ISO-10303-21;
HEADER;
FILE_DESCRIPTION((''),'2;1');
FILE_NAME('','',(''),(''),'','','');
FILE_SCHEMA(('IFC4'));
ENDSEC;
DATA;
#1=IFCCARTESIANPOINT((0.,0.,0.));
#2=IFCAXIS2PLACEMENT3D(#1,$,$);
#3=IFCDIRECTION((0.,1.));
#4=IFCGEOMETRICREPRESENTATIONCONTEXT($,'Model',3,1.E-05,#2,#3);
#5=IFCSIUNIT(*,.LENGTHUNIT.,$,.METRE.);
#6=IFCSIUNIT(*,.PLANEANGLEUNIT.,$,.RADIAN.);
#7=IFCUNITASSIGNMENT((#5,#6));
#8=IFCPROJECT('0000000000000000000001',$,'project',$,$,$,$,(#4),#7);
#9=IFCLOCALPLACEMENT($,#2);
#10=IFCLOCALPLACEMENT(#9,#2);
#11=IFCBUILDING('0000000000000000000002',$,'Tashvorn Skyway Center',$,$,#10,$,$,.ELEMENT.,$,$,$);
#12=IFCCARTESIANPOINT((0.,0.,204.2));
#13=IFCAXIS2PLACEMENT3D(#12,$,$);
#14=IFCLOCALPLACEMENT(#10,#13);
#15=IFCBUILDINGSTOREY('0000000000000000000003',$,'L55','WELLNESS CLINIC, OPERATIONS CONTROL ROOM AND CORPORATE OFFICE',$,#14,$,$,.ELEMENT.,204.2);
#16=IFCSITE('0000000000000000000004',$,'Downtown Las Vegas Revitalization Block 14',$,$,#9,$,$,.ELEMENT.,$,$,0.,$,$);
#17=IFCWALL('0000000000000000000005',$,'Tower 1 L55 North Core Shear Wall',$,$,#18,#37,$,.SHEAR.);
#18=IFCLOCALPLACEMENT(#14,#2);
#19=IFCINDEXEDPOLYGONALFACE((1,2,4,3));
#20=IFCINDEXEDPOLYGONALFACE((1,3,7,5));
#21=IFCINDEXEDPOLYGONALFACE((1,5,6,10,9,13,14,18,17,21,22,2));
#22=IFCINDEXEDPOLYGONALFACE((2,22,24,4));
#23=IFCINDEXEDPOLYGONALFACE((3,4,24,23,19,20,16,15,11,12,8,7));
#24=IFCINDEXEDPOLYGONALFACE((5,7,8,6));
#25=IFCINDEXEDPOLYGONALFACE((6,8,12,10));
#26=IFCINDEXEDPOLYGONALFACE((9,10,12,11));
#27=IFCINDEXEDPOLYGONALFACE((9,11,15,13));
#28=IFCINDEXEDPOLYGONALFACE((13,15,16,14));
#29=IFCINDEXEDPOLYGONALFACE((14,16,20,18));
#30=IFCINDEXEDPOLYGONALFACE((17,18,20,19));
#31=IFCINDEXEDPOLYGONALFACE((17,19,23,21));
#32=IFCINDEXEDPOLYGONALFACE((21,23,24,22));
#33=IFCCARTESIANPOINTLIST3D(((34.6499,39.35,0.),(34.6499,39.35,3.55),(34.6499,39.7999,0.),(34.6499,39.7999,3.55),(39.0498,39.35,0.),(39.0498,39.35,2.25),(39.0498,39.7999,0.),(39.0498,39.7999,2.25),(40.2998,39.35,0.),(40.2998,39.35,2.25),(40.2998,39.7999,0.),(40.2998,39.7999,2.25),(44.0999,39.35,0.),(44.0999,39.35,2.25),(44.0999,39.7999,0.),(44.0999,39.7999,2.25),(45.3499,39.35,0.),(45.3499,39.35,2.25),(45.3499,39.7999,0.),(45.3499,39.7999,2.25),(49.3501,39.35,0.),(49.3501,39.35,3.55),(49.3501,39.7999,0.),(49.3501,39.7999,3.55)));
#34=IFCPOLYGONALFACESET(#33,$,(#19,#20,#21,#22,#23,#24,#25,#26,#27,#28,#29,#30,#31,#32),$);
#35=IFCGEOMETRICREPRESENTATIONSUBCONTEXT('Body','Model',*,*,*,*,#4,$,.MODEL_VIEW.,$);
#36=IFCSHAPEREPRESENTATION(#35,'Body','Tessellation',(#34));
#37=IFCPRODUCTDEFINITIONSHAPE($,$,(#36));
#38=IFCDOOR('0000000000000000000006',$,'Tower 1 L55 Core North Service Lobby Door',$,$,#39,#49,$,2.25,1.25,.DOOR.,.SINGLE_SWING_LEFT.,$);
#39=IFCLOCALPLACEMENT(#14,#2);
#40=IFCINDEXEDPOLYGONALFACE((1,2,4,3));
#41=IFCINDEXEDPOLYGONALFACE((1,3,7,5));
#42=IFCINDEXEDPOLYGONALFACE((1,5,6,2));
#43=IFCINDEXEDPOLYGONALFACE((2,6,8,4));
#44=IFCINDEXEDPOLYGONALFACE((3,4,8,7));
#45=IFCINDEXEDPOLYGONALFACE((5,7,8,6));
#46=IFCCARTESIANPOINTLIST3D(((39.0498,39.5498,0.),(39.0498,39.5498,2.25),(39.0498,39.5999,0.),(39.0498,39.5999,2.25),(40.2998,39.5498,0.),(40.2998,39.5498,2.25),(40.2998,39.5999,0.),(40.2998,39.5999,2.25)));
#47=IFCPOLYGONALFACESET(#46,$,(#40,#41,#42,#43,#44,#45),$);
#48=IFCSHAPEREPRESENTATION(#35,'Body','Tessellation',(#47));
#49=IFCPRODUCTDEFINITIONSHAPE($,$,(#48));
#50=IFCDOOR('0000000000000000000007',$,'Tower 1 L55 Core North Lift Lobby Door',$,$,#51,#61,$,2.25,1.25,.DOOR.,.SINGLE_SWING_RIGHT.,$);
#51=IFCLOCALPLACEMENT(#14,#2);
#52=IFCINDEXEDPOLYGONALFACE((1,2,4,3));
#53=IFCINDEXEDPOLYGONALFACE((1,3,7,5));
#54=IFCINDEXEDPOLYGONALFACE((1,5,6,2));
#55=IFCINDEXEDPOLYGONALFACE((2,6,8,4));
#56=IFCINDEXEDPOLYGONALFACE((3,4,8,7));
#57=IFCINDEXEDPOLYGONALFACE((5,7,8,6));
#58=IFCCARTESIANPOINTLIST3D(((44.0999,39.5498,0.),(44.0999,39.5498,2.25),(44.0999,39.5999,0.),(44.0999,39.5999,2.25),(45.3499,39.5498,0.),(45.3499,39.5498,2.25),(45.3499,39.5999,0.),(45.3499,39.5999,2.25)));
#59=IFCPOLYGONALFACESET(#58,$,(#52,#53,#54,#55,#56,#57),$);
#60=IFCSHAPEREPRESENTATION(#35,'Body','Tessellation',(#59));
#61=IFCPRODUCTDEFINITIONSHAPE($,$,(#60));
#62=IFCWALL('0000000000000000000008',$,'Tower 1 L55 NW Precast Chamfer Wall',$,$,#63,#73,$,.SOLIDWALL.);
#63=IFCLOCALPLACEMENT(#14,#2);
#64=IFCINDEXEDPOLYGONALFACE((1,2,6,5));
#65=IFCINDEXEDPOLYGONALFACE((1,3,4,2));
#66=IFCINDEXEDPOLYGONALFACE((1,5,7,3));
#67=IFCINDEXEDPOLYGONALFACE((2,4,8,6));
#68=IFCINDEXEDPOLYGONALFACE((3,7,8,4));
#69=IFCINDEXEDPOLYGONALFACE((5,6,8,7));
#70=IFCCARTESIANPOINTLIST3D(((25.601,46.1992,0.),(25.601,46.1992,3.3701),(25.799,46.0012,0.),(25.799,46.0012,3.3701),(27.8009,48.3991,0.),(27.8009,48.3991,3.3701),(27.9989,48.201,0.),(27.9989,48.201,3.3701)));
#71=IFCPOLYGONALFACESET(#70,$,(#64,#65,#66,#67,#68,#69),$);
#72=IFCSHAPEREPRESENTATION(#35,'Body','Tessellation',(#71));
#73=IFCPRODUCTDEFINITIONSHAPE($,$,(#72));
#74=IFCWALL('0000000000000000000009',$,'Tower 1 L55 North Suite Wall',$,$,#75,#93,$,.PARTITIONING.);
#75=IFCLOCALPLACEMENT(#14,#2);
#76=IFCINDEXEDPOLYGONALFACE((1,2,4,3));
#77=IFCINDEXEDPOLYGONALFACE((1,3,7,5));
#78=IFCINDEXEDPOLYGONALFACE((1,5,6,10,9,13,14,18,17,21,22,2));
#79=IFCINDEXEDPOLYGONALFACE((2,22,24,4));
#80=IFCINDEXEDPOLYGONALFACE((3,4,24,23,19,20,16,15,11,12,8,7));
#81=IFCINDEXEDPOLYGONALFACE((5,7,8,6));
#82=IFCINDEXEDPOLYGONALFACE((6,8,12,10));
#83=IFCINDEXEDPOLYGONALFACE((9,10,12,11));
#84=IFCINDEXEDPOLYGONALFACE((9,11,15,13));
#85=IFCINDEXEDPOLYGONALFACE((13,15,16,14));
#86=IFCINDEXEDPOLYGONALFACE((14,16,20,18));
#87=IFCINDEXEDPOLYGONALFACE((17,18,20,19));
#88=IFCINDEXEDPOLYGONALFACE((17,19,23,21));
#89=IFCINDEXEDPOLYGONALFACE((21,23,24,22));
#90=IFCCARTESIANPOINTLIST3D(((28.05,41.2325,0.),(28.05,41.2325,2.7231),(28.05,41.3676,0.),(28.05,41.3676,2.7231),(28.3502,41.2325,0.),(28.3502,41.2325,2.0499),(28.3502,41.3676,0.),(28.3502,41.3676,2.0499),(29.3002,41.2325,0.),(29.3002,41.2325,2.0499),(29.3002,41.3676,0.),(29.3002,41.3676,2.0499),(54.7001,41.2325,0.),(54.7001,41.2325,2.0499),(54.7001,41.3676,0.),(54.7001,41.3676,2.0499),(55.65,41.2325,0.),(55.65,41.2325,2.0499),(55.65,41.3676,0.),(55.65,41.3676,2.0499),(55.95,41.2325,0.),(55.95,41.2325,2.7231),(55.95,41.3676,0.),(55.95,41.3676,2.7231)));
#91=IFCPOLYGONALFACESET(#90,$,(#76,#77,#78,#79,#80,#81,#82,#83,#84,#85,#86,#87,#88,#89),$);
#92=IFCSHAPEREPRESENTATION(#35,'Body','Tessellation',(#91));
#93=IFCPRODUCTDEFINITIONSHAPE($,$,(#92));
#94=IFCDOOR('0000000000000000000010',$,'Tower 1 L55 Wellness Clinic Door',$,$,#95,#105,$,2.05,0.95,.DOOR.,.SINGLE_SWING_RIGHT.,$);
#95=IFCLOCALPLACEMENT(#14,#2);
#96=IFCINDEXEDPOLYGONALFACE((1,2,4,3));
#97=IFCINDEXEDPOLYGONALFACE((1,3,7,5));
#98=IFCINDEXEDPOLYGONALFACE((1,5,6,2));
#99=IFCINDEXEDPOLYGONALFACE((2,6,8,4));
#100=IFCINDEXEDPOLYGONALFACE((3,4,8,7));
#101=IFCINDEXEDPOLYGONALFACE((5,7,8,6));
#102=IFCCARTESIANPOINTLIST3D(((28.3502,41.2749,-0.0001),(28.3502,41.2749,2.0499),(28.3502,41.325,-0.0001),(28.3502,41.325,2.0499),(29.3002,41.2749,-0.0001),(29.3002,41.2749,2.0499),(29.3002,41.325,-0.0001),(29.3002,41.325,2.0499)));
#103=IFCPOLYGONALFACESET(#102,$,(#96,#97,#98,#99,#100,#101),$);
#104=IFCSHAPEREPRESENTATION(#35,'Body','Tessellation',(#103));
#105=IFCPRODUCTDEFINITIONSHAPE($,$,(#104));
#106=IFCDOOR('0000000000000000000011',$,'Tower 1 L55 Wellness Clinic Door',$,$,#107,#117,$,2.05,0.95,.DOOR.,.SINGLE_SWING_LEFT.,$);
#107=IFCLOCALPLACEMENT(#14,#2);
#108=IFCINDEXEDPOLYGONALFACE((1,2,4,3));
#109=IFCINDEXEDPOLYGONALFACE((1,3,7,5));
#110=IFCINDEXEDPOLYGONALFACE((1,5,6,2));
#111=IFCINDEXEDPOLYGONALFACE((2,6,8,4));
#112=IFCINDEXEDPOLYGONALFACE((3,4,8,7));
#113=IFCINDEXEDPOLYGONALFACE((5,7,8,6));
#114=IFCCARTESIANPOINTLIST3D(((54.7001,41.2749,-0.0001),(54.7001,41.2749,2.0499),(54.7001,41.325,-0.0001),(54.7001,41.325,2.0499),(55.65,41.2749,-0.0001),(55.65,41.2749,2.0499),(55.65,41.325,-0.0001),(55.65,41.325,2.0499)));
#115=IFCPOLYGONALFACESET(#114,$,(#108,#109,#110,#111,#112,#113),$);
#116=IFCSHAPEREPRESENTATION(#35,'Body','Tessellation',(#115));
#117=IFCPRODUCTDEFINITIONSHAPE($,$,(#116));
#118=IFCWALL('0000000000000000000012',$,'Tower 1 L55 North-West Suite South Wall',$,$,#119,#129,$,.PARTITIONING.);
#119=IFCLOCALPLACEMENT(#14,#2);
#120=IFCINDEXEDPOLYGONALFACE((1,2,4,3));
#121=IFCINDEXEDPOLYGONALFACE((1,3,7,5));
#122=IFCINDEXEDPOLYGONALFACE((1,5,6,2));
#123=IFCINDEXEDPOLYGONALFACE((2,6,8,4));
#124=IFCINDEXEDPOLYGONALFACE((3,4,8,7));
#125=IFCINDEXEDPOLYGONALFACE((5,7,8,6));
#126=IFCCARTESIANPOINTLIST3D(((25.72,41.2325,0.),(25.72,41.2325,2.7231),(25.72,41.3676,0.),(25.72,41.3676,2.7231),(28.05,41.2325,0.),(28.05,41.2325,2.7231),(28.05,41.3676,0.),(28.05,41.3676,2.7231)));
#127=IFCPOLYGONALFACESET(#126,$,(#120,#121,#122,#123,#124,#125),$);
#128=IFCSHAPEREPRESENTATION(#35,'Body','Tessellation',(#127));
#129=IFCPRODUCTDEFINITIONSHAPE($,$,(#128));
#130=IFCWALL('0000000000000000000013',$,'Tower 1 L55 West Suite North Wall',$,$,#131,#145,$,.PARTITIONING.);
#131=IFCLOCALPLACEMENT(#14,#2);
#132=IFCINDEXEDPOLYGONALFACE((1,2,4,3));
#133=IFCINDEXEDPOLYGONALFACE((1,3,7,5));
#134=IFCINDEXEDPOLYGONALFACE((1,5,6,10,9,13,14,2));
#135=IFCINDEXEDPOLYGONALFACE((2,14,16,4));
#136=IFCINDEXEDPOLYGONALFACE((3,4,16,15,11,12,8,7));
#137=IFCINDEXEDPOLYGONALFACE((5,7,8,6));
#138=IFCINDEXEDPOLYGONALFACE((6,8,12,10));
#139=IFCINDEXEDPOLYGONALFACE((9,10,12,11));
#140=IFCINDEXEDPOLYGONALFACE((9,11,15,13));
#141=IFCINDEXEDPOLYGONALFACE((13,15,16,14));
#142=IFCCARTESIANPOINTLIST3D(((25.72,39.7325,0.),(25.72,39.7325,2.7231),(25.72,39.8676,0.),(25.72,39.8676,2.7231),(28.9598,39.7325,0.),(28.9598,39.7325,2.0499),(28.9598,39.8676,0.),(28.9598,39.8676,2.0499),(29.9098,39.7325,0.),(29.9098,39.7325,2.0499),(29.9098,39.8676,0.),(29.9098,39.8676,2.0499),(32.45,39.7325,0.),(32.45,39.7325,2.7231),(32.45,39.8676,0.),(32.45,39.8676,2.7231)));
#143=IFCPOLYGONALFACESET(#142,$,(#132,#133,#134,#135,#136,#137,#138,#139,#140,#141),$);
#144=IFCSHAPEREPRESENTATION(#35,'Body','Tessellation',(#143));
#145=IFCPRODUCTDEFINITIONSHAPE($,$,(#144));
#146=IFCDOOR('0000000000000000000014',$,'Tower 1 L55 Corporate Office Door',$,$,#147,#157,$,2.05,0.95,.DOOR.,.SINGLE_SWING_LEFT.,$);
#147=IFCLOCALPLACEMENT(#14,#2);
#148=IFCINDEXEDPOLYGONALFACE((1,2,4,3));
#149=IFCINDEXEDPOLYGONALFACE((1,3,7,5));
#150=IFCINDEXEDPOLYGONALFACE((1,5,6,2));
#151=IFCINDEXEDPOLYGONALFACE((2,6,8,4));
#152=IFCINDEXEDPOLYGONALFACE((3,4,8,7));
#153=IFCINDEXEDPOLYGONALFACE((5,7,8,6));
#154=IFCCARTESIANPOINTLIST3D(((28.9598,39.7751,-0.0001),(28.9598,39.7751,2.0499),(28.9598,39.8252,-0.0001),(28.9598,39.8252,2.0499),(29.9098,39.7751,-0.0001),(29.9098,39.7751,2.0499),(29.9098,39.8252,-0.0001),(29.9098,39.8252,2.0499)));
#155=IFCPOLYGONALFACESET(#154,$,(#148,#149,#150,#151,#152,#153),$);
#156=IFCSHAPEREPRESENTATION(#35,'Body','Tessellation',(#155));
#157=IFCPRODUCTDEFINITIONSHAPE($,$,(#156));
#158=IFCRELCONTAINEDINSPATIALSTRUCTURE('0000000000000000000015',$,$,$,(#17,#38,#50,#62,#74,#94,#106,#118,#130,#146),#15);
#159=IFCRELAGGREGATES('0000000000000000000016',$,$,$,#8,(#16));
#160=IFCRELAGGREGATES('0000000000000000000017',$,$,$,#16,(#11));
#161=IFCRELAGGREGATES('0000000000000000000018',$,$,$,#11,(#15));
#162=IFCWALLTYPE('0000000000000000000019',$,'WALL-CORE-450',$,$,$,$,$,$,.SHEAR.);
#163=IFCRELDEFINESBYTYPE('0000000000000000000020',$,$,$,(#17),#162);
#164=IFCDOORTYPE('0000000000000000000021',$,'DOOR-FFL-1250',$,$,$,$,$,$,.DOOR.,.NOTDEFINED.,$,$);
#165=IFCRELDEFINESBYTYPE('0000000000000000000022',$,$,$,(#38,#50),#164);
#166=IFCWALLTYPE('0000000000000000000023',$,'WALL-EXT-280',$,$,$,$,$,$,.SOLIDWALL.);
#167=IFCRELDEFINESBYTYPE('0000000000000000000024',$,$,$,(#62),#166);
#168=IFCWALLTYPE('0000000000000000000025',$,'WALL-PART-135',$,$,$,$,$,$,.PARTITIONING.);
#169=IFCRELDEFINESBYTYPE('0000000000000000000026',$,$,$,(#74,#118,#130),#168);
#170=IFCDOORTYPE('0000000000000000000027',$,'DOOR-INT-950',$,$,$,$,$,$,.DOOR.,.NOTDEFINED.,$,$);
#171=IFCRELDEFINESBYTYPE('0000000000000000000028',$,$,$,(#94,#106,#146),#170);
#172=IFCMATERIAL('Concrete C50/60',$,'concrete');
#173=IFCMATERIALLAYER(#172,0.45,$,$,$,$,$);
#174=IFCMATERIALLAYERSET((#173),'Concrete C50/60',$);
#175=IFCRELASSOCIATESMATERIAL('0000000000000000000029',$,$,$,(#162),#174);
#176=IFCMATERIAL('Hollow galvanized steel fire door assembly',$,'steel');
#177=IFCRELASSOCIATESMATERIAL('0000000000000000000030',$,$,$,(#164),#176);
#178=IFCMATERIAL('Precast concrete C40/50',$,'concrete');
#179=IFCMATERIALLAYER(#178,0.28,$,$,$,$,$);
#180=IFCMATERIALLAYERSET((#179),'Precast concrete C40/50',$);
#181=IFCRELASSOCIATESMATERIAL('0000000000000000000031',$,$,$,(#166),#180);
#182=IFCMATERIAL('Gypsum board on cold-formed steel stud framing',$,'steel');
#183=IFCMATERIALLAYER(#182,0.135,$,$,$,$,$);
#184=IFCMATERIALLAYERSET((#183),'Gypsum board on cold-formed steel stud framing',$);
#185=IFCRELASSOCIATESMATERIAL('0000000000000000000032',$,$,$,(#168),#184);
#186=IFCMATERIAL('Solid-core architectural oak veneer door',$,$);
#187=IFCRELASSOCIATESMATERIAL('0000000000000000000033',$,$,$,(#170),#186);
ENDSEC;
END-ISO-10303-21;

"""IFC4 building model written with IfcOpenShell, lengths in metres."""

from ifc_helpers import new_model, si_unit, direction, frame, frame_2d, origin, place, context, subcontext, project, spatial, rectangle, extrude, material, layer, layer_set, type_object, element, fill, save


model = new_model("IFC4")

# Units and contexts
model_context = context("Model", 3, precision=1e-05, world=origin(), true_north=direction((0.0, 1.0)))
body_context = subcontext(model_context, "Body", "Model", "MODEL_VIEW")
ifc_project = project(units=[si_unit("LENGTHUNIT", "METRE"), si_unit("PLANEANGLEUNIT", "RADIAN")], contexts=[model_context])

# Site, building, storey
site_placement = place(None, origin())
site = spatial("IfcSite", under=ifc_project, at=site_placement, Name="Downtown Las Vegas Revitalization Block 14", CompositionType="ELEMENT", RefElevation=0.0)
building_placement = place(site_placement, origin())
building = spatial("IfcBuilding", under=site, at=building_placement, Name="Tashvorn Skyway Center", CompositionType="ELEMENT")
storey_placement = place(building_placement, frame((0.0, 0.0, 204.2)))
storey = spatial("IfcBuildingStorey", under=building, at=storey_placement, Name="L55", Description="WELLNESS CLINIC, OPERATIONS CONTROL ROOM AND CORPORATE OFFICE", CompositionType="ELEMENT", Elevation=204.2)

# Wall, openings, doors
ifc_material_1 = material(Name="Concrete C50/60", Category="concrete")
ifc_layer_1 = layer(ifc_material_1, 0.45)
ifc_layer_set_1 = layer_set([ifc_layer_1], Name="Concrete C50/60")
wall_type_1 = type_object("IfcWallType", Name="WALL-CORE-450", PredefinedType="SHEAR", material=ifc_layer_set_1)
wall_1_placement = place(storey_placement, frame((34.6499, 39.575, 0.0), z_axis=(0.0, 0.0, 1.0), x_axis=(1.0, 0.0, 0.0)))
wall_1 = element("IfcWall", 1, at=wall_1_placement, inside=storey, type_object=wall_type_1, Name="Tower 1 L55 North Core Shear Wall", PredefinedType="SHEAR", context=body_context, shape_type="SweptSolid", body=[
    extrude(rectangle(XDim=14.7002, YDim=0.45, at=frame_2d((7.3501, 0.0))), origin(), (0.0, 0.0, 1.0), 3.55),
])
opening_1_placement = place(wall_1_placement, frame((4.3999, 0.0, 0.0)))
opening_1 = element("IfcOpeningElement", 2, at=opening_1_placement, cuts=wall_1, PredefinedType="OPENING", context=body_context, shape_type="SweptSolid", body=[
    extrude(rectangle(XDim=1.25, YDim=2.25, at=frame_2d((0.625, 1.125))), frame((0.0, 0.2349, 0.0), z_axis=(0.0, -1.0, 0.0), x_axis=(1.0, 0.0, 0.0)), (0.0, 0.0, 1.0), 0.47),
])
opening_2_placement = place(wall_1_placement, frame((9.45, 0.0, 0.0)))
opening_2 = element("IfcOpeningElement", 3, at=opening_2_placement, cuts=wall_1, PredefinedType="OPENING", context=body_context, shape_type="SweptSolid", body=[
    extrude(rectangle(XDim=1.25, YDim=2.25, at=frame_2d((0.625, 1.125))), frame((0.0, 0.2349, 0.0), z_axis=(0.0, -1.0, 0.0), x_axis=(1.0, 0.0, 0.0)), (0.0, 0.0, 1.0), 0.47),
])
ifc_material_2 = material(Name="Hollow galvanized steel fire door assembly", Category="steel")
door_type_1 = type_object("IfcDoorType", Name="DOOR-FFL-1250", OperationType="NOTDEFINED", PredefinedType="DOOR", material=ifc_material_2)
door_1_placement = place(opening_1_placement, origin())
door_1 = element("IfcDoor", 4, at=door_1_placement, inside=storey, type_object=door_type_1, Name="Tower 1 L55 Core North Service Lobby Door", OperationType="SINGLE_SWING_LEFT", OverallHeight=2.25, OverallWidth=1.25, PredefinedType="DOOR", context=body_context, shape_type="SweptSolid", body=[
    extrude(rectangle(XDim=1.25, YDim=2.25, at=frame_2d((0.625, 1.125))), frame((0.0, 0.0249, 0.0), z_axis=(0.0, -1.0, 0.0), x_axis=(1.0, 0.0, 0.0)), (0.0, 0.0, 1.0), 0.05),
])
fill(opening_1, door_1)
door_2_placement = place(opening_2_placement, origin())
door_2 = element("IfcDoor", 5, at=door_2_placement, inside=storey, type_object=door_type_1, Name="Tower 1 L55 Core North Lift Lobby Door", OperationType="SINGLE_SWING_RIGHT", OverallHeight=2.25, OverallWidth=1.25, PredefinedType="DOOR", context=body_context, shape_type="SweptSolid", body=[
    extrude(rectangle(XDim=1.25, YDim=2.25, at=frame_2d((0.625, 1.125))), frame((0.0, 0.0249, 0.0), z_axis=(0.0, -1.0, 0.0), x_axis=(1.0, 0.0, 0.0)), (0.0, 0.0, 1.0), 0.05),
])
fill(opening_2, door_2)

# Wall
ifc_material_3 = material(Name="Precast concrete C40/50", Category="concrete")
ifc_layer_2 = layer(ifc_material_3, 0.28)
ifc_layer_set_2 = layer_set([ifc_layer_2], Name="Precast concrete C40/50")
wall_type_2 = type_object("IfcWallType", Name="WALL-EXT-280", PredefinedType="SOLIDWALL", material=ifc_layer_set_2)
wall_2_placement = place(storey_placement, frame((25.7, 46.1001, 0.0), z_axis=(0.0, 0.0, 1.0), x_axis=(0.707107, 0.707107, 0.0)))
element("IfcWall", 6, at=wall_2_placement, inside=storey, type_object=wall_type_2, Name="Tower 1 L55 NW Precast Chamfer Wall", PredefinedType="SOLIDWALL", context=body_context, shape_type="SweptSolid", body=[
    extrude(rectangle(XDim=3.1111, YDim=0.28, at=frame_2d((1.5557, 0.0))), origin(), (0.0, 0.0, 1.0), 3.3701),
])

# Wall, openings, doors
ifc_material_4 = material(Name="Gypsum board on cold-formed steel stud framing", Category="steel")
ifc_layer_3 = layer(ifc_material_4, 0.135)
ifc_layer_set_3 = layer_set([ifc_layer_3], Name="Gypsum board on cold-formed steel stud framing")
wall_type_3 = type_object("IfcWallType", Name="WALL-PART-135", PredefinedType="PARTITIONING", material=ifc_layer_set_3)
wall_3_placement = place(storey_placement, frame((28.05, 41.3, 0.0), z_axis=(0.0, 0.0, 1.0), x_axis=(1.0, 0.0, 0.0)))
wall_3 = element("IfcWall", 7, at=wall_3_placement, inside=storey, type_object=wall_type_3, Name="Tower 1 L55 North Suite Wall", PredefinedType="PARTITIONING", context=body_context, shape_type="SweptSolid", body=[
    extrude(rectangle(XDim=27.8999, YDim=0.135, at=frame_2d((13.95, 0.0))), origin(), (0.0, 0.0, 1.0), 2.7231),
])
opening_3_placement = place(wall_3_placement, frame((0.3, 0.0, 0.0)))
opening_3 = element("IfcOpeningElement", 8, at=opening_3_placement, cuts=wall_3, PredefinedType="OPENING", context=body_context, shape_type="SweptSolid", body=[
    extrude(rectangle(XDim=0.95, YDim=2.05, at=frame_2d((0.4751, 1.0249))), frame((0.0, 0.0774, 0.0), z_axis=(0.0, -1.0, 0.0), x_axis=(1.0, 0.0, 0.0)), (0.0, 0.0, 1.0), 0.155),
])
opening_4_placement = place(wall_3_placement, frame((26.6499, 0.0, 0.0)))
opening_4 = element("IfcOpeningElement", 9, at=opening_4_placement, cuts=wall_3, PredefinedType="OPENING", context=body_context, shape_type="SweptSolid", body=[
    extrude(rectangle(XDim=0.95, YDim=2.05, at=frame_2d((0.4751, 1.0249))), frame((0.0, 0.0774, 0.0), z_axis=(0.0, -1.0, 0.0), x_axis=(1.0, 0.0, 0.0)), (0.0, 0.0, 1.0), 0.155),
])
ifc_material_5 = material(Name="Solid-core architectural oak veneer door")
door_type_2 = type_object("IfcDoorType", Name="DOOR-INT-950", OperationType="NOTDEFINED", PredefinedType="DOOR", material=ifc_material_5)
door_3_placement = place(opening_3_placement, origin())
door_3 = element("IfcDoor", 10, at=door_3_placement, inside=storey, type_object=door_type_2, Name="Tower 1 L55 Wellness Clinic Door", OperationType="SINGLE_SWING_RIGHT", OverallHeight=2.05, OverallWidth=0.95, PredefinedType="DOOR", context=body_context, shape_type="SweptSolid", body=[
    extrude(rectangle(XDim=0.95, YDim=2.05, at=frame_2d((0.4751, 1.0249))), frame((0.0, 0.0249, 0.0), z_axis=(0.0, -1.0, 0.0), x_axis=(1.0, 0.0, 0.0)), (0.0, 0.0, 1.0), 0.05),
])
fill(opening_3, door_3)
door_4_placement = place(opening_4_placement, origin())
door_4 = element("IfcDoor", 11, at=door_4_placement, inside=storey, type_object=door_type_2, Name="Tower 1 L55 Wellness Clinic Door", OperationType="SINGLE_SWING_LEFT", OverallHeight=2.05, OverallWidth=0.95, PredefinedType="DOOR", context=body_context, shape_type="SweptSolid", body=[
    extrude(rectangle(XDim=0.95, YDim=2.05, at=frame_2d((0.4751, 1.0249))), frame((0.0, 0.0249, 0.0), z_axis=(0.0, -1.0, 0.0), x_axis=(1.0, 0.0, 0.0)), (0.0, 0.0, 1.0), 0.05),
])
fill(opening_4, door_4)

# Wall
wall_4_placement = place(storey_placement, frame((25.72, 41.3, 0.0), z_axis=(0.0, 0.0, 1.0), x_axis=(1.0, 0.0, 0.0)))
element("IfcWall", 12, at=wall_4_placement, inside=storey, type_object=wall_type_3, Name="Tower 1 L55 North-West Suite South Wall", PredefinedType="PARTITIONING", context=body_context, shape_type="SweptSolid", body=[
    extrude(rectangle(XDim=2.3301, YDim=0.135, at=frame_2d((1.165, 0.0))), origin(), (0.0, 0.0, 1.0), 2.7231),
])

# Wall, opening, door
wall_5_placement = place(storey_placement, frame((32.45, 39.8, 0.0), z_axis=(0.0, 0.0, 1.0), x_axis=(-1.0, 0.0, 0.0)))
wall_5 = element("IfcWall", 13, at=wall_5_placement, inside=storey, type_object=wall_type_3, Name="Tower 1 L55 West Suite North Wall", PredefinedType="PARTITIONING", context=body_context, shape_type="SweptSolid", body=[
    extrude(rectangle(XDim=6.73, YDim=0.135, at=frame_2d((3.365, 0.0))), origin(), (0.0, 0.0, 1.0), 2.7231),
])
opening_5_placement = place(wall_5_placement, frame((2.54, 0.0, 0.0)))
opening_5 = element("IfcOpeningElement", 14, at=opening_5_placement, cuts=wall_5, PredefinedType="OPENING", context=body_context, shape_type="SweptSolid", body=[
    extrude(rectangle(XDim=0.95, YDim=2.05, at=frame_2d((0.4751, 1.0249))), frame((0.0, 0.0774, 0.0), z_axis=(0.0, -1.0, 0.0), x_axis=(1.0, 0.0, 0.0)), (0.0, 0.0, 1.0), 0.155),
])
door_5_placement = place(opening_5_placement, origin())
door_5 = element("IfcDoor", 15, at=door_5_placement, inside=storey, type_object=door_type_2, Name="Tower 1 L55 Corporate Office Door", OperationType="SINGLE_SWING_LEFT", OverallHeight=2.05, OverallWidth=0.95, PredefinedType="DOOR", context=body_context, shape_type="SweptSolid", body=[
    extrude(rectangle(XDim=0.95, YDim=2.05, at=frame_2d((0.4751, 1.0249))), frame((0.0, 0.0249, 0.0), z_axis=(0.0, -1.0, 0.0), x_axis=(1.0, 0.0, 0.0)), (0.0, 0.0, 1.0), 0.05),
])
fill(opening_5, door_5)

save(model, "model.ifc")
